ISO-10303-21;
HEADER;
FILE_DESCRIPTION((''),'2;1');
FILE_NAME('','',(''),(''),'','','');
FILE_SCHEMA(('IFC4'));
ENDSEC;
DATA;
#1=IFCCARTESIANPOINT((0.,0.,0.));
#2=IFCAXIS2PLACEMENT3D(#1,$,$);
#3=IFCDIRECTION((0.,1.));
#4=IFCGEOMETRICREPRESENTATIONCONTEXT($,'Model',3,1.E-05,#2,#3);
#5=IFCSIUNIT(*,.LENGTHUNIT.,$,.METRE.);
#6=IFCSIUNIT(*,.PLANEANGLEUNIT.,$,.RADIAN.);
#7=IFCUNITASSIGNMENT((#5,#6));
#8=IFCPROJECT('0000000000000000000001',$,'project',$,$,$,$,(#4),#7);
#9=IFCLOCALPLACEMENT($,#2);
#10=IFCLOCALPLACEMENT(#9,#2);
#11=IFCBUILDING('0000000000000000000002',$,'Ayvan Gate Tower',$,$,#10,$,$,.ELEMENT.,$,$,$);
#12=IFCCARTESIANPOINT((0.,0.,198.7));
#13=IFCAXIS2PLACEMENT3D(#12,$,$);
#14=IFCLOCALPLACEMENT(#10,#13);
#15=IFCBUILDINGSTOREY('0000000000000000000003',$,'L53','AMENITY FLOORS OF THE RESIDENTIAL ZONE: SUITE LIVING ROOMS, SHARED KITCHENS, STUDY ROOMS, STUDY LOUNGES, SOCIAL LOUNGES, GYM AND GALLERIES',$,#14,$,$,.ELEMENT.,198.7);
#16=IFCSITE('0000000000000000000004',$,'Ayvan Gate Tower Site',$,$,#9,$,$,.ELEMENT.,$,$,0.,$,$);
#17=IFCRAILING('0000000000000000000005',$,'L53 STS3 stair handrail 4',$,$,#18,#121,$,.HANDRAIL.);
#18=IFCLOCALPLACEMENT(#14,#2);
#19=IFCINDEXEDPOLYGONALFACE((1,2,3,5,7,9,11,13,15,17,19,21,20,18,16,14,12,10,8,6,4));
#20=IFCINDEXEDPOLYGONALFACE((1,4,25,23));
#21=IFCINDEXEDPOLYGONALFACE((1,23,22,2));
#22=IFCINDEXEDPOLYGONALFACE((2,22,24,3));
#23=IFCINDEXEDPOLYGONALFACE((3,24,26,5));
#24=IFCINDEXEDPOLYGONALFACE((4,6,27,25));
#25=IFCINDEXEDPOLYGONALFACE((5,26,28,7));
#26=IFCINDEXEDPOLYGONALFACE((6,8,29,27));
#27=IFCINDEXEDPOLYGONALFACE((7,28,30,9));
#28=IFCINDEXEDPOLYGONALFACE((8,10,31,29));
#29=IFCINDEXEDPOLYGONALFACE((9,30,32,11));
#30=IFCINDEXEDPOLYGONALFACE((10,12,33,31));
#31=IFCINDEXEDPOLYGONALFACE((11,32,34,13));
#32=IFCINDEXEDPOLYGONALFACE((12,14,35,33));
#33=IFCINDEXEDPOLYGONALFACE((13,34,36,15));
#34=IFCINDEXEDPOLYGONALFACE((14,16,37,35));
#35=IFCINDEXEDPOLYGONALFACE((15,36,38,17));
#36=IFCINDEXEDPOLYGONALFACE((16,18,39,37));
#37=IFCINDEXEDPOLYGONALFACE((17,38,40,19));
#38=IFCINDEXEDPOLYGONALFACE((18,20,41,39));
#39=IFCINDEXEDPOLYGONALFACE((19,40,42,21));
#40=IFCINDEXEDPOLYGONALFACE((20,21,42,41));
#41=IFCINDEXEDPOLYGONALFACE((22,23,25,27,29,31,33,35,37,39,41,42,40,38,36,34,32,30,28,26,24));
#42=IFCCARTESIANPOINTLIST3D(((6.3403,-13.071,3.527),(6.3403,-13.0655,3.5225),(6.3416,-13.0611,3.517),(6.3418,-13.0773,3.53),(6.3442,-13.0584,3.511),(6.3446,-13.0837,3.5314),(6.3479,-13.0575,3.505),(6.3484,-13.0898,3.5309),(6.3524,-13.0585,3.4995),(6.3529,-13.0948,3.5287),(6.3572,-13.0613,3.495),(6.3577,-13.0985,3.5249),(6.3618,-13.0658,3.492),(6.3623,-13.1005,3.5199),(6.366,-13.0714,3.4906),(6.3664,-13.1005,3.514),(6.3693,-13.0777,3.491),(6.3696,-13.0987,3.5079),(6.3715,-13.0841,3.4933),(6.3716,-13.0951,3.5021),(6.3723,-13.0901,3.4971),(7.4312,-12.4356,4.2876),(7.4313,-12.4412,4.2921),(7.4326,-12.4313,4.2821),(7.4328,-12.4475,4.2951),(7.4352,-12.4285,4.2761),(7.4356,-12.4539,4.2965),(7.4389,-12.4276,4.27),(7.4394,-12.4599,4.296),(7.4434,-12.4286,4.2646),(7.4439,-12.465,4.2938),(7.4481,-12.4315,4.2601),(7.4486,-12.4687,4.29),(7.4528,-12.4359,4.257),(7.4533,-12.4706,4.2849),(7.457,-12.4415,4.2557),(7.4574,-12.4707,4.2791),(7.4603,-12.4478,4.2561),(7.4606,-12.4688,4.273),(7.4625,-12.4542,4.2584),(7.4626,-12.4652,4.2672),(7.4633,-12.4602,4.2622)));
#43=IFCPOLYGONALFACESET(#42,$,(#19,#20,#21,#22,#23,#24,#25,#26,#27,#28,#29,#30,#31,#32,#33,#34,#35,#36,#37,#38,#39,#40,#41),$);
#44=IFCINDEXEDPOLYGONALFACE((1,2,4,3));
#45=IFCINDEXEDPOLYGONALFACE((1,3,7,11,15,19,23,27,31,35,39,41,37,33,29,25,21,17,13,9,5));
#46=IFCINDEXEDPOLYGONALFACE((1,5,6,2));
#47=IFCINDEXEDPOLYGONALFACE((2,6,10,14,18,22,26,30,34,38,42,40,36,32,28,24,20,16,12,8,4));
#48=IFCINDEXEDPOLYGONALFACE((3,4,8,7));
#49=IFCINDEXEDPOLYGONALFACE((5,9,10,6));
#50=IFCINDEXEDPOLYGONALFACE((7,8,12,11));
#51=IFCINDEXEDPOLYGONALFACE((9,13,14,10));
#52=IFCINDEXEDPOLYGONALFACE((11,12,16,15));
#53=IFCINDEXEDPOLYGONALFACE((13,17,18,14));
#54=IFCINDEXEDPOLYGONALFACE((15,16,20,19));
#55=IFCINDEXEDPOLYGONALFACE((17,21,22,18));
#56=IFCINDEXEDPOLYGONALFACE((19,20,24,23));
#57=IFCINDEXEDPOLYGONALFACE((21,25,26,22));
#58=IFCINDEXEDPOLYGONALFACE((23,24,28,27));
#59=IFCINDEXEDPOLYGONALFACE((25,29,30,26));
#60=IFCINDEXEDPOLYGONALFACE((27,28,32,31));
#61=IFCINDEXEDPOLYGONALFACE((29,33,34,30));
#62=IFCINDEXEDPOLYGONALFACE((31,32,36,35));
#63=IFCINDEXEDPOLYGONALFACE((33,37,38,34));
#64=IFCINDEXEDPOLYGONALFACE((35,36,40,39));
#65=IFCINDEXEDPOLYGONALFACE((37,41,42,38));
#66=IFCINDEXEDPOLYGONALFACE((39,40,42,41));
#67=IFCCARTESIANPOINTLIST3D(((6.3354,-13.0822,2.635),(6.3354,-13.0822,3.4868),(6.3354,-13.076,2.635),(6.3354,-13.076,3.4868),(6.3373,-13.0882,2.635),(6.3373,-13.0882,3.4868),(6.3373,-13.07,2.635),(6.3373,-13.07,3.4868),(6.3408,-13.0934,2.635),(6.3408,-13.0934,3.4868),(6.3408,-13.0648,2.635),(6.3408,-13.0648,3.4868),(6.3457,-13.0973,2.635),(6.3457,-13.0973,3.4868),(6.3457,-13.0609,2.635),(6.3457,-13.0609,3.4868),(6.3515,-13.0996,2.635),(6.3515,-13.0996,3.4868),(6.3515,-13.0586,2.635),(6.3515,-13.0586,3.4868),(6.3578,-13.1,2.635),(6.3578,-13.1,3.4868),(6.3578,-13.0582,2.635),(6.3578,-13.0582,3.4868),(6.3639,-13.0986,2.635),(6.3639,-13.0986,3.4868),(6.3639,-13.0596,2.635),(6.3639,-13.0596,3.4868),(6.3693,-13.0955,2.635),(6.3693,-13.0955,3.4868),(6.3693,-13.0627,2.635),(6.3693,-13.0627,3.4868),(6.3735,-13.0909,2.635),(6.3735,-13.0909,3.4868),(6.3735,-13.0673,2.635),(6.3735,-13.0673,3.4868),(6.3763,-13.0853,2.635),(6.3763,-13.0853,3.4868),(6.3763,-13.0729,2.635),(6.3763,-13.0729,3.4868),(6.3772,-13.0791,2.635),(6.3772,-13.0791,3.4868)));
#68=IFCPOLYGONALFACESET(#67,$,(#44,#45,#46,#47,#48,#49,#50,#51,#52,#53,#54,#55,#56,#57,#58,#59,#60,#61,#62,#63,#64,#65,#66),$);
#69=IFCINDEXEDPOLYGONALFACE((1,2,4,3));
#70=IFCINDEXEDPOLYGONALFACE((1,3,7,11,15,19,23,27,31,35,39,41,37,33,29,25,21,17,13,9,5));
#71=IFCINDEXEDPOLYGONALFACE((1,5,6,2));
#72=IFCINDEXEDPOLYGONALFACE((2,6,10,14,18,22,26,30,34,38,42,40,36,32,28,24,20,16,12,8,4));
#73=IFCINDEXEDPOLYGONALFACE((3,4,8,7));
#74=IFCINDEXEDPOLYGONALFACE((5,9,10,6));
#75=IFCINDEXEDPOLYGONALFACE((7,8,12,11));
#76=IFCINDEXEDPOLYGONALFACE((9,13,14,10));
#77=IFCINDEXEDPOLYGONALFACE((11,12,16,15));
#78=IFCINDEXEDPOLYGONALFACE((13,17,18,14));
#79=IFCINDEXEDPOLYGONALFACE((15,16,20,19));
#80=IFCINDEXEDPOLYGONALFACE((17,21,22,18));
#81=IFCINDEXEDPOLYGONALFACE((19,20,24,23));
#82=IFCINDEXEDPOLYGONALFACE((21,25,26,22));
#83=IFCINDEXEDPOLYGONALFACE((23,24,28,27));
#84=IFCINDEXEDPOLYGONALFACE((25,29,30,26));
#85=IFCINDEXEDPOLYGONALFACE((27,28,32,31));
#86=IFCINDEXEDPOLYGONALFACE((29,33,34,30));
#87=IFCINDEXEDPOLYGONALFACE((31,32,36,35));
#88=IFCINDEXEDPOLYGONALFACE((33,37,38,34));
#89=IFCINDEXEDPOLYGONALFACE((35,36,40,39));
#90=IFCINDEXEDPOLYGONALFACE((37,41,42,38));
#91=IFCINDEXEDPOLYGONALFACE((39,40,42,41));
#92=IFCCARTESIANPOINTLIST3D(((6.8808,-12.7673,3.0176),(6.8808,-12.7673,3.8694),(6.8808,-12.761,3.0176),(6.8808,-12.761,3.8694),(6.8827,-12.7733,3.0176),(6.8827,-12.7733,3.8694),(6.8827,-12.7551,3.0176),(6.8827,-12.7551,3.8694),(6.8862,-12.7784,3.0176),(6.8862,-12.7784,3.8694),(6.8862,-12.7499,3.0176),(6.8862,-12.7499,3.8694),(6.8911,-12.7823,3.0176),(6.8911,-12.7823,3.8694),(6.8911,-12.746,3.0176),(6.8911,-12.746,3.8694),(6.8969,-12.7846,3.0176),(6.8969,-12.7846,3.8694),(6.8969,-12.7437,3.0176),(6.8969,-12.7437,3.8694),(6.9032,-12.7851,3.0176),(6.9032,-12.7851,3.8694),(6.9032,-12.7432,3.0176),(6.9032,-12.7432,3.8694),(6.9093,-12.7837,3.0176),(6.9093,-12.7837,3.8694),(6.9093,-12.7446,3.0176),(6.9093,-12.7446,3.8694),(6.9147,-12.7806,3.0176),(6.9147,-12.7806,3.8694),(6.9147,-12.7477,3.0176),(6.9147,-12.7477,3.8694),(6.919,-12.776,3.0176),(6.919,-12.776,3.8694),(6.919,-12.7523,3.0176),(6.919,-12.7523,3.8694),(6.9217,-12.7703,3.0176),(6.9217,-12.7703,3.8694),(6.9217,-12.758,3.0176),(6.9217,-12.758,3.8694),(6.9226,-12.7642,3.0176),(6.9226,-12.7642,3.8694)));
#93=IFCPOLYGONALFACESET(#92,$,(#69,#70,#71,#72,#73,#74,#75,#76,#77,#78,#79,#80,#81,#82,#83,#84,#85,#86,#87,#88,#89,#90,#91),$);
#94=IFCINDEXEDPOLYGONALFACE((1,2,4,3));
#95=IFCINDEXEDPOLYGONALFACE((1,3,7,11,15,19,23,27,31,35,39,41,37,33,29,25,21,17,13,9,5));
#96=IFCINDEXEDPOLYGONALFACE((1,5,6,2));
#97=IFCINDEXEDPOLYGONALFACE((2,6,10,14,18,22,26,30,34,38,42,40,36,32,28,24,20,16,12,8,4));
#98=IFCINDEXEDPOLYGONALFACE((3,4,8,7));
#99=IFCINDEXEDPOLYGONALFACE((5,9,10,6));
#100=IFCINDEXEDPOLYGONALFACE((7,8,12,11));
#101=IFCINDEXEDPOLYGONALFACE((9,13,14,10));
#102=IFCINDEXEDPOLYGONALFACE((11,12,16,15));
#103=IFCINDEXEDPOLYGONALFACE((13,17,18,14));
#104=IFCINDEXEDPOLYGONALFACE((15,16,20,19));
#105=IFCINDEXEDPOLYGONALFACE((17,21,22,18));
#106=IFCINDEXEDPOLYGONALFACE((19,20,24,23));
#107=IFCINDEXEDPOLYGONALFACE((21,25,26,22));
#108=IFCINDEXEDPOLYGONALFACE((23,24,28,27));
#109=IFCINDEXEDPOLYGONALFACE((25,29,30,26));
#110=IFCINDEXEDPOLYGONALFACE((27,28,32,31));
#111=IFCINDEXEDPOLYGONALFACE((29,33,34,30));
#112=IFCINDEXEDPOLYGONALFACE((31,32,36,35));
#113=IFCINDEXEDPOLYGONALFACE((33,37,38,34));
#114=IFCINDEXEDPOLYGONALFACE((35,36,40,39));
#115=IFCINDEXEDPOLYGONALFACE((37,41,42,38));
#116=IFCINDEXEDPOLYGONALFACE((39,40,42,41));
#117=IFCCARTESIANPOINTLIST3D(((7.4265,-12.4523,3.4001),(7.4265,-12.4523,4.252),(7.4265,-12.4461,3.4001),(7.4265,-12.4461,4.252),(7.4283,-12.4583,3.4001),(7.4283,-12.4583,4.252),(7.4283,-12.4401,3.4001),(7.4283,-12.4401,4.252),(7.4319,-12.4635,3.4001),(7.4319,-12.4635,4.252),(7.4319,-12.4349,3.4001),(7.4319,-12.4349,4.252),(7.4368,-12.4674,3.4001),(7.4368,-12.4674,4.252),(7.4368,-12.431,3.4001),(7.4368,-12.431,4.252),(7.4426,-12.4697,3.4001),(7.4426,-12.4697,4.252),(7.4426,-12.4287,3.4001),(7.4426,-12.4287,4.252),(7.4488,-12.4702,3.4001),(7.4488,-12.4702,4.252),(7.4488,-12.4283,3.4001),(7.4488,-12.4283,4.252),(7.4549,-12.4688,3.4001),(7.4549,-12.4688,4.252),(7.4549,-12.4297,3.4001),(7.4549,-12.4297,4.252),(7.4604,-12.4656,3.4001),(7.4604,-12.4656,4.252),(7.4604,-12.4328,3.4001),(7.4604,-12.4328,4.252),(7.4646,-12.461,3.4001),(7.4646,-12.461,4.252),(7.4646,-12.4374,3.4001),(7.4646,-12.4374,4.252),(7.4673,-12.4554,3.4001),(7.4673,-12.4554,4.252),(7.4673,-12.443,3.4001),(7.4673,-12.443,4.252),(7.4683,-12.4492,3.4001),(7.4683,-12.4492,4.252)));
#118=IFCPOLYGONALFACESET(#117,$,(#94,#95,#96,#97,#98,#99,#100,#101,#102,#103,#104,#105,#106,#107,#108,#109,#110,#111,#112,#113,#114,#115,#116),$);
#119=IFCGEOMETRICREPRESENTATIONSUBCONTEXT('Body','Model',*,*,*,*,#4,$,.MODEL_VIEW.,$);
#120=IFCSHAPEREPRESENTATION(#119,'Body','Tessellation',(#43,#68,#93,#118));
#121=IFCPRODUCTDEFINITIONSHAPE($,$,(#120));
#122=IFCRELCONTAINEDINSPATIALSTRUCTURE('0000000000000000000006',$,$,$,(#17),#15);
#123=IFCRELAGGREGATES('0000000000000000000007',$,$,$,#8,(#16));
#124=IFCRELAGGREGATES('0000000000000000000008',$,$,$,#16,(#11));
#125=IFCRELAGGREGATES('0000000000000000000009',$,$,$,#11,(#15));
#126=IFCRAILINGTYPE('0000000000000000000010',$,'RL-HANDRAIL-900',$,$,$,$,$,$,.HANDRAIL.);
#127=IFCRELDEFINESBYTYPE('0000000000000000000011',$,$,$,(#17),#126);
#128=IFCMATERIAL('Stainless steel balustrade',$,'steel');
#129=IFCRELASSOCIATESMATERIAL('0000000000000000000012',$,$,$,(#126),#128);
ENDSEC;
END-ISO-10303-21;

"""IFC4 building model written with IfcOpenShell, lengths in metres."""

from ifc_helpers import new_model, si_unit, direction, frame, origin, origin_2d, place, context, subcontext, project, spatial, circle, extrude, material, type_object, element, save


model = new_model("IFC4")

# Units and contexts
model_context = context("Model", 3, precision=1e-05, world=origin(), true_north=direction((0.0, 1.0)))
body_context = subcontext(model_context, "Body", "Model", "MODEL_VIEW")
ifc_project = project(units=[si_unit("LENGTHUNIT", "METRE"), si_unit("PLANEANGLEUNIT", "RADIAN")], contexts=[model_context])

# Site, building, storey
site_placement = place(None, origin())
site = spatial("IfcSite", under=ifc_project, at=site_placement, Name="Ayvan Gate Tower Site", CompositionType="ELEMENT", RefElevation=0.0)
building_placement = place(site_placement, origin())
building = spatial("IfcBuilding", under=site, at=building_placement, Name="Ayvan Gate Tower", CompositionType="ELEMENT")
storey_placement = place(building_placement, frame((0.0, 0.0, 198.7)))
storey = spatial("IfcBuildingStorey", under=building, at=storey_placement, Name="L53", Description="AMENITY FLOORS OF THE RESIDENTIAL ZONE: SUITE LIVING ROOMS, SHARED KITCHENS, STUDY ROOMS, STUDY LOUNGES, SOCIAL LOUNGES, GYM AND GALLERIES", CompositionType="ELEMENT", Elevation=198.7)

# Railing
ifc_material_1 = material(Name="Stainless steel balustrade", Category="steel")
railing_type_1 = type_object("IfcRailingType", Name="RL-HANDRAIL-900", PredefinedType="HANDRAIL", material=ifc_material_1)
railing_1_placement = place(storey_placement, frame((6.3562, -13.0791, 2.635)))
element("IfcRailing", 1, at=railing_1_placement, inside=storey, type_object=railing_type_1, Name="L53 STS3 stair handrail 4", PredefinedType="HANDRAIL", context=body_context, shape_type="SweptSolid", body=[
    extrude(circle(Radius=0.0239, at=origin_2d()), frame((0.0, 0.0, 0.876), z_axis=(0.740218, 0.427336, 0.519097), x_axis=(-0.499974, 0.86604, 0.0)), (0.0, 0.0, 1.0), 1.4739),
    extrude(circle(Radius=0.021, at=origin_2d()), origin(), (0.0, 0.0, 1.0), 0.8518),
    extrude(circle(Radius=0.021, at=origin_2d()), frame((0.5454, 0.3149, 0.3826)), (0.0, 0.0, 1.0), 0.8518),
    extrude(circle(Radius=0.021, at=origin_2d()), frame((1.0911, 0.6299, 0.7651)), (0.0, 0.0, 1.0), 0.8518),
])

save(model, "model.ifc")
